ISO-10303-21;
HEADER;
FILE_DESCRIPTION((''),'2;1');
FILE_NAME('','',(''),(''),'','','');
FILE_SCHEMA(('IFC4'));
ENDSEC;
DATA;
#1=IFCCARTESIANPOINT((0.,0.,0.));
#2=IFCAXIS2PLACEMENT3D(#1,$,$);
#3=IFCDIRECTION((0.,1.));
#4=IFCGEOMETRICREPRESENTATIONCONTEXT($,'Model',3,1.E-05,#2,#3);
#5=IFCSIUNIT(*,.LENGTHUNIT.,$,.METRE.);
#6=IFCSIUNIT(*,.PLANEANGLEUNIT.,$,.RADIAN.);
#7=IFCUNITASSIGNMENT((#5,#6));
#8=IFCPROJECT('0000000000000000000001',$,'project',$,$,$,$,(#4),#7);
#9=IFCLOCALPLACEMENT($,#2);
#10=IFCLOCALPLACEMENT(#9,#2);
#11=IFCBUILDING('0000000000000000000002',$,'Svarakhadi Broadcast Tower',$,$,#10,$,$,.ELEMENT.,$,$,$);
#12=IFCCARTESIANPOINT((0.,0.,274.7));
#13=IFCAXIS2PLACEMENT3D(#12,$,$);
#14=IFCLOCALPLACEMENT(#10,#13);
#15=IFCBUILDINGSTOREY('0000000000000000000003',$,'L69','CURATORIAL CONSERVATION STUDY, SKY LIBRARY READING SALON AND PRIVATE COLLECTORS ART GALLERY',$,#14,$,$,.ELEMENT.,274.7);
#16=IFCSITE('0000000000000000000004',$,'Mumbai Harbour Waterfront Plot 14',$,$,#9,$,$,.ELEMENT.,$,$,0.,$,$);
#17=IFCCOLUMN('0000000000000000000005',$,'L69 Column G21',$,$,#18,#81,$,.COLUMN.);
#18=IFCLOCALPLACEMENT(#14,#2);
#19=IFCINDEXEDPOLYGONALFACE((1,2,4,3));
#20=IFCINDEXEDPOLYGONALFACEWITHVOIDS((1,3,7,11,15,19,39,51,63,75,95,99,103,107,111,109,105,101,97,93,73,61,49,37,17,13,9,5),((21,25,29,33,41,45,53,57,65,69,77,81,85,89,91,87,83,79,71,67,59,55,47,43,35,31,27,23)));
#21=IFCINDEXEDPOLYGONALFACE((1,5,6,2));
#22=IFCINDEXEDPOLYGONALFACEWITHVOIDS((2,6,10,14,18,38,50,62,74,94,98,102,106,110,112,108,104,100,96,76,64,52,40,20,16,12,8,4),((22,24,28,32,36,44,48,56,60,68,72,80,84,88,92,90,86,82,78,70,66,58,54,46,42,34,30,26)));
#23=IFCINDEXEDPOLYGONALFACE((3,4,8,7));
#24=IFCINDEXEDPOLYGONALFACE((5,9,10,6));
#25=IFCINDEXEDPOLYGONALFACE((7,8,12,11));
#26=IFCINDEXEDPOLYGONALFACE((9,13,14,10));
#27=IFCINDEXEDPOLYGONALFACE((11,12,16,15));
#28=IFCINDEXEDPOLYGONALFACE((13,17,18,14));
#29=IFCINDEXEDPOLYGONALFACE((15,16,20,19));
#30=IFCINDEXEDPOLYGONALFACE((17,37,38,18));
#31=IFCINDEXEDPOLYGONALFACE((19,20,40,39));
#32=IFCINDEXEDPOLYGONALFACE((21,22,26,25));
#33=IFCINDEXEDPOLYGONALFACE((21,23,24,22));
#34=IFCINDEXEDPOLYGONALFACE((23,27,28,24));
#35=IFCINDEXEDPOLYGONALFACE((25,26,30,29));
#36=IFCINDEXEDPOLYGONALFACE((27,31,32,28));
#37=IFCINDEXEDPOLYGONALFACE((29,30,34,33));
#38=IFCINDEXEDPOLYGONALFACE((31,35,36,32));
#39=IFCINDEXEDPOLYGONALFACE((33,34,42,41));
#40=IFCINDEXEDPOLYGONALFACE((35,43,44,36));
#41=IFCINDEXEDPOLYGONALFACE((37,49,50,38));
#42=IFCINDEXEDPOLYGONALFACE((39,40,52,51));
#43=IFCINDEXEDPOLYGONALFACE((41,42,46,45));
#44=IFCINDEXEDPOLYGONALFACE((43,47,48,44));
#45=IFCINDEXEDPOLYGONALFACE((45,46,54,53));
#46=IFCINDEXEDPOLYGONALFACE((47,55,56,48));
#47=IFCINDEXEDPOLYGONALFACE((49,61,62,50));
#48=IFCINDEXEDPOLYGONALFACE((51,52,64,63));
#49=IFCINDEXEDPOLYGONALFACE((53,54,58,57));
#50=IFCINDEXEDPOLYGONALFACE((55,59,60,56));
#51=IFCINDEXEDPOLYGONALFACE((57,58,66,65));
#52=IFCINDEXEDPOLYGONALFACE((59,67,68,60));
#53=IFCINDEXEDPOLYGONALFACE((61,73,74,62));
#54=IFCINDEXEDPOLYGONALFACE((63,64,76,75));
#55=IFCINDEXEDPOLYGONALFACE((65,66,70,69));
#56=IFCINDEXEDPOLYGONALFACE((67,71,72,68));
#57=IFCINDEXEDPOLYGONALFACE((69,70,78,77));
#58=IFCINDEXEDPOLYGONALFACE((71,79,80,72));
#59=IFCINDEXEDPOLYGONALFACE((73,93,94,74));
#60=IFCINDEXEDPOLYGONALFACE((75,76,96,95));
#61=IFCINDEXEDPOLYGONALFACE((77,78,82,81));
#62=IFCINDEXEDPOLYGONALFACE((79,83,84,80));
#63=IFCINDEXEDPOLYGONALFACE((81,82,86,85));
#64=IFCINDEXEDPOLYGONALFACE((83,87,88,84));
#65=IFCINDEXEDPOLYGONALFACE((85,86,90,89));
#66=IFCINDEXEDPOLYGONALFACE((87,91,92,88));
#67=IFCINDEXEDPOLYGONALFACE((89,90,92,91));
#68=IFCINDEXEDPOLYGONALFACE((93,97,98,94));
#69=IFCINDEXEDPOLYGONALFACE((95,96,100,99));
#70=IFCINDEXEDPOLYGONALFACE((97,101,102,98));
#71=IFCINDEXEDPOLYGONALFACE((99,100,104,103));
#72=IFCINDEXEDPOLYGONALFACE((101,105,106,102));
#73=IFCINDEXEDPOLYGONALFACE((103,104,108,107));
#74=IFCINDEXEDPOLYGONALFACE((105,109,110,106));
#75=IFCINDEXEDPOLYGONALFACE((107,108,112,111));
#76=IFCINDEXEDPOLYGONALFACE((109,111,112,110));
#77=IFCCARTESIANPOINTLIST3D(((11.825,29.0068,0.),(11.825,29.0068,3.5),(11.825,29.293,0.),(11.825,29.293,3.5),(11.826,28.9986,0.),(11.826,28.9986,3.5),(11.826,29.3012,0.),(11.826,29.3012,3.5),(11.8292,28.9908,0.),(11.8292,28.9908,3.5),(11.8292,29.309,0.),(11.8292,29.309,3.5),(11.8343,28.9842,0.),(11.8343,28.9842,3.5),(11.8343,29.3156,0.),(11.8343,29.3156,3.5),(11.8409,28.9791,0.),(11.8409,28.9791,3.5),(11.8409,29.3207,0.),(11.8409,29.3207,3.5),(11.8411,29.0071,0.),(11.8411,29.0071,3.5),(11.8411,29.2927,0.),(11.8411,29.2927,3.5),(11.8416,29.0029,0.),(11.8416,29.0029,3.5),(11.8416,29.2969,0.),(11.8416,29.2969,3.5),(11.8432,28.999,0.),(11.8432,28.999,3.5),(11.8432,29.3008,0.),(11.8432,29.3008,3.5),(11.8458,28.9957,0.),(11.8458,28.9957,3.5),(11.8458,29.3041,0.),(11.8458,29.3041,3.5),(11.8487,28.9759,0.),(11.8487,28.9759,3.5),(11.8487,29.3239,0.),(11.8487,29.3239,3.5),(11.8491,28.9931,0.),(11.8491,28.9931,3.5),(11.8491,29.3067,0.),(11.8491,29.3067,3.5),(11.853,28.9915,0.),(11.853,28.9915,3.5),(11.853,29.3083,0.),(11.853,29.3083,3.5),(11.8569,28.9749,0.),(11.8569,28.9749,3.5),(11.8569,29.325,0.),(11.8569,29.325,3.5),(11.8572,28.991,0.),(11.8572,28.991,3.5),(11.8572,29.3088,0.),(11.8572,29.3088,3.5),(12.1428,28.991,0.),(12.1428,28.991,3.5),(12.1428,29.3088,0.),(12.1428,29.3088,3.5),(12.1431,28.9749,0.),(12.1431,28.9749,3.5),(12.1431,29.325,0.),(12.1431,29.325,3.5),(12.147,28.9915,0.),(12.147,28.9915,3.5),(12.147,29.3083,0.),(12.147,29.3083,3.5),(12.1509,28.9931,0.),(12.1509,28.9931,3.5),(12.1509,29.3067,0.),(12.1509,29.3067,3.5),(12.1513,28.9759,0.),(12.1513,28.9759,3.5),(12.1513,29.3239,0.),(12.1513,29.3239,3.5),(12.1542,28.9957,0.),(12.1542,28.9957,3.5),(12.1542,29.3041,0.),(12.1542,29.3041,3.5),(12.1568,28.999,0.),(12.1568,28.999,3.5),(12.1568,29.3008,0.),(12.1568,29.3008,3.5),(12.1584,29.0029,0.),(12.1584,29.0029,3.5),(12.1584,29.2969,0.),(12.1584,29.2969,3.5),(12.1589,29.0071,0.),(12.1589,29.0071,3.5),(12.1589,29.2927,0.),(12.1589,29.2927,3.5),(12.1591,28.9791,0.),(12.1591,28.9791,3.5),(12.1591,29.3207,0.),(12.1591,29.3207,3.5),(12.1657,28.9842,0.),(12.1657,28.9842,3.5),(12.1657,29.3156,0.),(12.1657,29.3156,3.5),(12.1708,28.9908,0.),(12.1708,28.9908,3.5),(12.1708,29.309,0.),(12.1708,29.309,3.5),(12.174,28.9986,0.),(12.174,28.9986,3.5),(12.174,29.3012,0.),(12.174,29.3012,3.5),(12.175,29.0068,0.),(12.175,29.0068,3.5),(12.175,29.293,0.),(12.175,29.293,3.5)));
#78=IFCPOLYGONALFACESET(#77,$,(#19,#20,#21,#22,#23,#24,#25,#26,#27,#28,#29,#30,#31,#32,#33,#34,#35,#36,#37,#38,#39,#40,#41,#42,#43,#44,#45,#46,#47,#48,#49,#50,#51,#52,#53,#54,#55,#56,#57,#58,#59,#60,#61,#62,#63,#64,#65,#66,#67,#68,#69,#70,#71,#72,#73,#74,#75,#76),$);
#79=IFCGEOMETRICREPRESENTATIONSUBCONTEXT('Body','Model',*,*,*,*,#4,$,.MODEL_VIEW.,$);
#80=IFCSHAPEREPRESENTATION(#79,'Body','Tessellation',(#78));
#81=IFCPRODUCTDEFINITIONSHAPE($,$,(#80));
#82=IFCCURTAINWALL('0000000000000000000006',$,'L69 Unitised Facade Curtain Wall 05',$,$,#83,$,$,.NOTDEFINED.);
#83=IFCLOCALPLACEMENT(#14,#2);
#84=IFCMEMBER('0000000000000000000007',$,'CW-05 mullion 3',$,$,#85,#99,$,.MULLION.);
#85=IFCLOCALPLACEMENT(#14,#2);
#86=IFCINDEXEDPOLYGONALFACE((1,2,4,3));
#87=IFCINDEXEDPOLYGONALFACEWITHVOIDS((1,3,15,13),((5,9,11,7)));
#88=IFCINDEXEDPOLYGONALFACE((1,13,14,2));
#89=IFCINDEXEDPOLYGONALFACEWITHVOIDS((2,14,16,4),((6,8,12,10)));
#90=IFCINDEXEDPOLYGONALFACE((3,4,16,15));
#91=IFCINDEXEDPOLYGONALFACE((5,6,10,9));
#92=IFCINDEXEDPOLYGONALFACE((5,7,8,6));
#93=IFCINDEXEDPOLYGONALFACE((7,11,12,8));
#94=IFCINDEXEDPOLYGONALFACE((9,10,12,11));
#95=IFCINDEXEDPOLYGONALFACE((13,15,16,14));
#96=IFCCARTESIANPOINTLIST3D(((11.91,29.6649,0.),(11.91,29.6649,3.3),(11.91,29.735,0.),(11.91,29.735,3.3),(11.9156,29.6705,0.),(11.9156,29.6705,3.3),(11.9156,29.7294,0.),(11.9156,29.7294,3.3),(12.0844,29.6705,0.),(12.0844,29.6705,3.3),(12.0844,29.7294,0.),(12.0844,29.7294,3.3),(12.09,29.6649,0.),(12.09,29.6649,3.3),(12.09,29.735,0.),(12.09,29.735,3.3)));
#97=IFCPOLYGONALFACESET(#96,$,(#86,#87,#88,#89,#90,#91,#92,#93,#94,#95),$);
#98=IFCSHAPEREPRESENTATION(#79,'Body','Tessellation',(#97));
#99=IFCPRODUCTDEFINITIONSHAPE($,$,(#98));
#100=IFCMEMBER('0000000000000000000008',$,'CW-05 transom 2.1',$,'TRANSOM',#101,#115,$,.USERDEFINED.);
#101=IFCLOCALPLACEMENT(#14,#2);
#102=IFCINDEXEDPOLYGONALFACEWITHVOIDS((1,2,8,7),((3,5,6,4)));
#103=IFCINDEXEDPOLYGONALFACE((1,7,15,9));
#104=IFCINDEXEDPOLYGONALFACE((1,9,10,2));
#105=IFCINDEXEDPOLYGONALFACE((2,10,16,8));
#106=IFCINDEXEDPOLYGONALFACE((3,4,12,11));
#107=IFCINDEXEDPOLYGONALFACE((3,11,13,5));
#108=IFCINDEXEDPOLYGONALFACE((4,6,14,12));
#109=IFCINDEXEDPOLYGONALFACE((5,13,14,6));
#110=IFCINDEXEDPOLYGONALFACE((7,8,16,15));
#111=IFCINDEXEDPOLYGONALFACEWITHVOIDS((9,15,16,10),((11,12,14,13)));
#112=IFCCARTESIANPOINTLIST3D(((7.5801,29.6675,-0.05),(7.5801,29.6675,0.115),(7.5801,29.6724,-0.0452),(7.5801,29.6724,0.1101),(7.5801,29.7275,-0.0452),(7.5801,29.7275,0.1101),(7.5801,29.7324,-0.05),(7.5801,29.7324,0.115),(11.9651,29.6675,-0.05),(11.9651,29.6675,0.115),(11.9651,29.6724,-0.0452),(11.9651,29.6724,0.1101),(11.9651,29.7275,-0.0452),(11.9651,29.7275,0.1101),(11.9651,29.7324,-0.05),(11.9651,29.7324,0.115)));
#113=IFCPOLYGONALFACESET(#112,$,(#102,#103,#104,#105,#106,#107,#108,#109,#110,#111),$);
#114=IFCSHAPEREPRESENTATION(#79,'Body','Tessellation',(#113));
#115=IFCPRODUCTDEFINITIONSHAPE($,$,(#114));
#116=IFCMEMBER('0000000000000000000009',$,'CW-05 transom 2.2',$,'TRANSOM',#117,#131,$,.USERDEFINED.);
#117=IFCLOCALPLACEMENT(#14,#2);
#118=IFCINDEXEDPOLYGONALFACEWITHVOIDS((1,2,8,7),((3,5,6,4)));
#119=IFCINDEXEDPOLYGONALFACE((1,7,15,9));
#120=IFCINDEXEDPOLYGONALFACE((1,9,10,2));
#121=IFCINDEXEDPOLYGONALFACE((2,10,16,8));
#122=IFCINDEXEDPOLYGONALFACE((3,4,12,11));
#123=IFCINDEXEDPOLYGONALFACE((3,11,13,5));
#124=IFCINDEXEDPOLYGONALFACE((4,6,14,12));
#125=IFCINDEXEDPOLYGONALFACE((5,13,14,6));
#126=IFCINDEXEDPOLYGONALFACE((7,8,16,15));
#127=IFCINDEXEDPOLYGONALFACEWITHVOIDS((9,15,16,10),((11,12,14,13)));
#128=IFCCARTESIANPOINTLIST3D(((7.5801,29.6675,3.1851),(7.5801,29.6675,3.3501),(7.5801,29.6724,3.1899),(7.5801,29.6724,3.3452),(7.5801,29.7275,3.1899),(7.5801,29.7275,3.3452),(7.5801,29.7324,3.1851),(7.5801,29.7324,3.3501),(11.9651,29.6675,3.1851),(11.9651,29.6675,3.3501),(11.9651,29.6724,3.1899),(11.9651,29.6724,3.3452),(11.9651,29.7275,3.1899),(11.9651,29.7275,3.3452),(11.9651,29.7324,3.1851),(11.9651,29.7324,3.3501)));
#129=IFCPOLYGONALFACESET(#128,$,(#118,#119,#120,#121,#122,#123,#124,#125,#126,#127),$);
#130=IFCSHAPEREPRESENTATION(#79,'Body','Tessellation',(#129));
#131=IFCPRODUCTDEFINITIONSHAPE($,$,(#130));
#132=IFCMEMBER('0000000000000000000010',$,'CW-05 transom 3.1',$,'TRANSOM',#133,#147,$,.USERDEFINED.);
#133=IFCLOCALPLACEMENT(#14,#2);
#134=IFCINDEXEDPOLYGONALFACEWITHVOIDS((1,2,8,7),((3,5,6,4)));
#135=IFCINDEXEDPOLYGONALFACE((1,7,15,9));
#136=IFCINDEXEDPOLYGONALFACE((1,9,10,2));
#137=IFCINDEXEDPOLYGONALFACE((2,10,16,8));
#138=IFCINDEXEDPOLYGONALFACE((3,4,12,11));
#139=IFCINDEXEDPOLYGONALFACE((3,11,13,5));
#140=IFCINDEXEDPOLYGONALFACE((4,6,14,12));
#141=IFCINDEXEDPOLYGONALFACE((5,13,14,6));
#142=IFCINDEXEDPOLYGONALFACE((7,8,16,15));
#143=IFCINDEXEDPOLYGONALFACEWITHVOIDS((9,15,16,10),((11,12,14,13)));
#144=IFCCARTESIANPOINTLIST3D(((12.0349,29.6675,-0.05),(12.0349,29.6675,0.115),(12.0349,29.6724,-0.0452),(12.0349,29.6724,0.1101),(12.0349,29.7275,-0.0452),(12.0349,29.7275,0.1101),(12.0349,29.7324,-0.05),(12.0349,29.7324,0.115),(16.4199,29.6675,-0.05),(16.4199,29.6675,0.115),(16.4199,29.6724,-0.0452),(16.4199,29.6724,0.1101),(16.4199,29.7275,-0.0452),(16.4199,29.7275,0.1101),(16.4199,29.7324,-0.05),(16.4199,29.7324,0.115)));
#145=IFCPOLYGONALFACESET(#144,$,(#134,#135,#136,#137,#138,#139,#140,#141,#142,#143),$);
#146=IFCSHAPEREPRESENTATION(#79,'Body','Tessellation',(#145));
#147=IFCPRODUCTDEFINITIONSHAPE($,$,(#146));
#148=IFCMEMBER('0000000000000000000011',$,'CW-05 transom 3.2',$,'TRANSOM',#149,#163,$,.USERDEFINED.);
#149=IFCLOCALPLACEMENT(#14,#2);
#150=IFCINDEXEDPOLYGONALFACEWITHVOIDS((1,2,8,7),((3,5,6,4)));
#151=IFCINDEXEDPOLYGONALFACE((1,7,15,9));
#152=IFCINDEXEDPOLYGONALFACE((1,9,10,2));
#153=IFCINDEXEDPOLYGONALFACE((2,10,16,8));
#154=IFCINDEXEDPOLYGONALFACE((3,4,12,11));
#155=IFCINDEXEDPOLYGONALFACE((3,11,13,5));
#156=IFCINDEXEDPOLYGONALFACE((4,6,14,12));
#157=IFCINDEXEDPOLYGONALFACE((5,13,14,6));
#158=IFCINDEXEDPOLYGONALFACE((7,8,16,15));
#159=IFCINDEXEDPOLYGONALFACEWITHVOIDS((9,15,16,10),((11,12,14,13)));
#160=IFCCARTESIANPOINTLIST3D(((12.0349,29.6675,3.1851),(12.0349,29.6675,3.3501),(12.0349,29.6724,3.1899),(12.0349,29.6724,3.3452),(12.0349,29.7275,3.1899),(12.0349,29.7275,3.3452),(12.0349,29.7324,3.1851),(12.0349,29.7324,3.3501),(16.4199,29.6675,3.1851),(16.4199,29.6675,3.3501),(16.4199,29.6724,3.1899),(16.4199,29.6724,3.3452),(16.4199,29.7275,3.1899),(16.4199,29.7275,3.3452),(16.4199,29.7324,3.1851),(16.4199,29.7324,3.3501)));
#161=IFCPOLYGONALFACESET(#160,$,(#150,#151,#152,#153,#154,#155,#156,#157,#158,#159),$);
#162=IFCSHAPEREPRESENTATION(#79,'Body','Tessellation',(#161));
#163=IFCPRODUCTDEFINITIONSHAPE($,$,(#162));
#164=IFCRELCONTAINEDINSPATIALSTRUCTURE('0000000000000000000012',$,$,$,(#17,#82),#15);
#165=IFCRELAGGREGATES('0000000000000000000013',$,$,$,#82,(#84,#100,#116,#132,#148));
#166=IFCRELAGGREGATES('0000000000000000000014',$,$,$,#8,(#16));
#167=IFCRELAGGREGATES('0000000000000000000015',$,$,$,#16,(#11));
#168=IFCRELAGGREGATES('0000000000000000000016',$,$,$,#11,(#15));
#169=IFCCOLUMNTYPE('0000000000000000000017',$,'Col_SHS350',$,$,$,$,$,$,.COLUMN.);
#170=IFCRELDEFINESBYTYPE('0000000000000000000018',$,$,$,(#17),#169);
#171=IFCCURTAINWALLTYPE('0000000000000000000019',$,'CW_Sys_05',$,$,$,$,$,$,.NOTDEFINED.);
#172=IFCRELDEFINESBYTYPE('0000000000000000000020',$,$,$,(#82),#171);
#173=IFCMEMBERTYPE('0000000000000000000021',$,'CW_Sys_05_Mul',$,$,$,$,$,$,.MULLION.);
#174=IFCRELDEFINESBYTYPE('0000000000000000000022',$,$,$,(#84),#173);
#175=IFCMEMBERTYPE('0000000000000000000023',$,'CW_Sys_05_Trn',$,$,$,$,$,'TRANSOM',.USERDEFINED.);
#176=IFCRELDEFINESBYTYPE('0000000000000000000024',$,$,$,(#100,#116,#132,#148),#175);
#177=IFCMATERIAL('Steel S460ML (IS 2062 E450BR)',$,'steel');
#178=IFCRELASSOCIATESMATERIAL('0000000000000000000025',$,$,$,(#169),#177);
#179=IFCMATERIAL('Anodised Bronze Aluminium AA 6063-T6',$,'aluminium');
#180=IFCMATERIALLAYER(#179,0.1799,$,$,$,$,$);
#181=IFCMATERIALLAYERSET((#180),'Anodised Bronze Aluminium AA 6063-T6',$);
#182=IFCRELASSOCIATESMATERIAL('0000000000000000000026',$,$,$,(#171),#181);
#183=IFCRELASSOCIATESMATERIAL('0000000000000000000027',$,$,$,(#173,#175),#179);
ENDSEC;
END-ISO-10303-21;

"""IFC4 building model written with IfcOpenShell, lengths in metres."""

from ifc_helpers import new_model, si_unit, direction, frame, origin, origin_2d, place, context, subcontext, project, spatial, hollow_rectangle, extrude, material, layer, layer_set, material_profile, profile_set, type_object, element, aggregate, save


model = new_model("IFC4")

# Units and contexts
model_context = context("Model", 3, precision=1e-05, world=origin(), true_north=direction((0.0, 1.0)))
body_context = subcontext(model_context, "Body", "Model", "MODEL_VIEW")
ifc_project = project(units=[si_unit("LENGTHUNIT", "METRE"), si_unit("PLANEANGLEUNIT", "RADIAN")], contexts=[model_context])

# Site, building, storey
site_placement = place(None, origin())
site = spatial("IfcSite", under=ifc_project, at=site_placement, Name="Mumbai Harbour Waterfront Plot 14", CompositionType="ELEMENT", RefElevation=0.0)
building_placement = place(site_placement, origin())
building = spatial("IfcBuilding", under=site, at=building_placement, Name="Svarakhadi Broadcast Tower", CompositionType="ELEMENT")
storey_placement = place(building_placement, frame((0.0, 0.0, 274.7)))
storey = spatial("IfcBuildingStorey", under=building, at=storey_placement, Name="L69", Description="CURATORIAL CONSERVATION STUDY, SKY LIBRARY READING SALON AND PRIVATE COLLECTORS ART GALLERY", CompositionType="ELEMENT", Elevation=274.7)

# Column
ifc_material_1 = material(Name="Steel S460ML (IS 2062 E450BR)", Category="steel")
ifc_material_profile_1 = material_profile(ifc_material_1, hollow_rectangle(XDim=0.3501, YDim=0.3501, WallThickness=0.0161, InnerFilletRadius=0.0161, OuterFilletRadius=0.032, at=origin_2d()), Name="SHS 350x350x16")
ifc_profile_set_1 = profile_set([ifc_material_profile_1], Name="Steel S460ML (IS 2062 E450BR)")
column_type = type_object("IfcColumnType", Name="Col_SHS350", PredefinedType="COLUMN", material=ifc_profile_set_1)
column_placement = place(storey_placement, frame((12.0, 29.1499, 0.0), z_axis=(0.0, 0.0, 1.0), x_axis=(1.0, 0.0, 0.0)))
element("IfcColumn", 1, at=column_placement, inside=storey, type_object=column_type, Name="L69 Column G21", PredefinedType="COLUMN", context=body_context, shape_type="SweptSolid", body=[
    extrude(hollow_rectangle(XDim=0.3501, YDim=0.3501, WallThickness=0.0161, InnerFilletRadius=0.0161, OuterFilletRadius=0.032, at=origin_2d()), origin(), (0.0, 0.0, 1.0), 3.5),
])

# Curtain wall, members
ifc_material_2 = material(Name="Anodised Bronze Aluminium AA 6063-T6", Category="aluminium")
ifc_layer_1 = layer(ifc_material_2, 0.1799)
ifc_layer_set_1 = layer_set([ifc_layer_1], Name="Anodised Bronze Aluminium AA 6063-T6")
curtain_wall_type = type_object("IfcCurtainWallType", Name="CW_Sys_05", PredefinedType="NOTDEFINED", material=ifc_layer_set_1)
curtain_wall_placement = place(storey_placement, origin())
curtain_wall = element("IfcCurtainWall", 2, at=curtain_wall_placement, inside=storey, type_object=curtain_wall_type, Name="L69 Unitised Facade Curtain Wall 05", PredefinedType="NOTDEFINED")
ifc_material_profile_2 = material_profile(ifc_material_2, hollow_rectangle(XDim=0.0701, YDim=0.1799, WallThickness=0.0056, at=origin_2d()), Name="ALU MULLION 180x70x6")
ifc_profile_set_2 = profile_set([ifc_material_profile_2], Name="Anodised Bronze Aluminium AA 6063-T6")
member_type_1 = type_object("IfcMemberType", Name="CW_Sys_05_Mul", PredefinedType="MULLION", material=ifc_profile_set_2)
member_1_placement = place(storey_placement, frame((12.0, 29.7, 0.0), z_axis=(0.0, 0.0, 1.0), x_axis=(0.0, 1.0, 0.0)))
member_1 = element("IfcMember", 3, at=member_1_placement, type_object=member_type_1, Name="CW-05 mullion 3", PredefinedType="MULLION", context=body_context, shape_type="SweptSolid", body=[
    extrude(hollow_rectangle(XDim=0.0701, YDim=0.1799, WallThickness=0.0056, at=origin_2d()), origin(), (0.0, 0.0, 1.0), 3.3),
])
ifc_material_profile_3 = material_profile(ifc_material_2, hollow_rectangle(XDim=0.0649, YDim=0.165, WallThickness=0.0049, at=origin_2d()), Name="ALU TRANSOM 165x65x5")
ifc_profile_set_3 = profile_set([ifc_material_profile_3], Name="Anodised Bronze Aluminium AA 6063-T6")
member_type_2 = type_object("IfcMemberType", Name="CW_Sys_05_Trn", ElementType="TRANSOM", PredefinedType="USERDEFINED", material=ifc_profile_set_3)
member_2_placement = place(storey_placement, frame((7.5801, 29.7, 0.0325), z_axis=(1.0, 0.0, 0.0), x_axis=(0.0, 1.0, 0.0)))
member_2 = element("IfcMember", 4, at=member_2_placement, type_object=member_type_2, Name="CW-05 transom 2.1", ObjectType="TRANSOM", PredefinedType="USERDEFINED", context=body_context, shape_type="SweptSolid", body=[
    extrude(hollow_rectangle(XDim=0.0649, YDim=0.165, WallThickness=0.0049, at=origin_2d()), origin(), (0.0, 0.0, 1.0), 4.385),
])
member_3_placement = place(storey_placement, frame((7.5801, 29.7, 3.2676), z_axis=(1.0, 0.0, 0.0), x_axis=(0.0, 1.0, 0.0)))
member_3 = element("IfcMember", 5, at=member_3_placement, type_object=member_type_2, Name="CW-05 transom 2.2", ObjectType="TRANSOM", PredefinedType="USERDEFINED", context=body_context, shape_type="SweptSolid", body=[
    extrude(hollow_rectangle(XDim=0.0649, YDim=0.165, WallThickness=0.0049, at=origin_2d()), origin(), (0.0, 0.0, 1.0), 4.385),
])
member_4_placement = place(storey_placement, frame((12.0349, 29.7, 0.0325), z_axis=(1.0, 0.0, 0.0), x_axis=(0.0, 1.0, 0.0)))
member_4 = element("IfcMember", 6, at=member_4_placement, type_object=member_type_2, Name="CW-05 transom 3.1", ObjectType="TRANSOM", PredefinedType="USERDEFINED", context=body_context, shape_type="SweptSolid", body=[
    extrude(hollow_rectangle(XDim=0.0649, YDim=0.165, WallThickness=0.0049, at=origin_2d()), origin(), (0.0, 0.0, 1.0), 4.385),
])
member_5_placement = place(storey_placement, frame((12.0349, 29.7, 3.2676), z_axis=(1.0, 0.0, 0.0), x_axis=(0.0, 1.0, 0.0)))
member_5 = element("IfcMember", 7, at=member_5_placement, type_object=member_type_2, Name="CW-05 transom 3.2", ObjectType="TRANSOM", PredefinedType="USERDEFINED", context=body_context, shape_type="SweptSolid", body=[
    extrude(hollow_rectangle(XDim=0.0649, YDim=0.165, WallThickness=0.0049, at=origin_2d()), origin(), (0.0, 0.0, 1.0), 4.385),
])

aggregate(curtain_wall, [member_1, member_2, member_3, member_4, member_5])

save(model, "model.ifc")
